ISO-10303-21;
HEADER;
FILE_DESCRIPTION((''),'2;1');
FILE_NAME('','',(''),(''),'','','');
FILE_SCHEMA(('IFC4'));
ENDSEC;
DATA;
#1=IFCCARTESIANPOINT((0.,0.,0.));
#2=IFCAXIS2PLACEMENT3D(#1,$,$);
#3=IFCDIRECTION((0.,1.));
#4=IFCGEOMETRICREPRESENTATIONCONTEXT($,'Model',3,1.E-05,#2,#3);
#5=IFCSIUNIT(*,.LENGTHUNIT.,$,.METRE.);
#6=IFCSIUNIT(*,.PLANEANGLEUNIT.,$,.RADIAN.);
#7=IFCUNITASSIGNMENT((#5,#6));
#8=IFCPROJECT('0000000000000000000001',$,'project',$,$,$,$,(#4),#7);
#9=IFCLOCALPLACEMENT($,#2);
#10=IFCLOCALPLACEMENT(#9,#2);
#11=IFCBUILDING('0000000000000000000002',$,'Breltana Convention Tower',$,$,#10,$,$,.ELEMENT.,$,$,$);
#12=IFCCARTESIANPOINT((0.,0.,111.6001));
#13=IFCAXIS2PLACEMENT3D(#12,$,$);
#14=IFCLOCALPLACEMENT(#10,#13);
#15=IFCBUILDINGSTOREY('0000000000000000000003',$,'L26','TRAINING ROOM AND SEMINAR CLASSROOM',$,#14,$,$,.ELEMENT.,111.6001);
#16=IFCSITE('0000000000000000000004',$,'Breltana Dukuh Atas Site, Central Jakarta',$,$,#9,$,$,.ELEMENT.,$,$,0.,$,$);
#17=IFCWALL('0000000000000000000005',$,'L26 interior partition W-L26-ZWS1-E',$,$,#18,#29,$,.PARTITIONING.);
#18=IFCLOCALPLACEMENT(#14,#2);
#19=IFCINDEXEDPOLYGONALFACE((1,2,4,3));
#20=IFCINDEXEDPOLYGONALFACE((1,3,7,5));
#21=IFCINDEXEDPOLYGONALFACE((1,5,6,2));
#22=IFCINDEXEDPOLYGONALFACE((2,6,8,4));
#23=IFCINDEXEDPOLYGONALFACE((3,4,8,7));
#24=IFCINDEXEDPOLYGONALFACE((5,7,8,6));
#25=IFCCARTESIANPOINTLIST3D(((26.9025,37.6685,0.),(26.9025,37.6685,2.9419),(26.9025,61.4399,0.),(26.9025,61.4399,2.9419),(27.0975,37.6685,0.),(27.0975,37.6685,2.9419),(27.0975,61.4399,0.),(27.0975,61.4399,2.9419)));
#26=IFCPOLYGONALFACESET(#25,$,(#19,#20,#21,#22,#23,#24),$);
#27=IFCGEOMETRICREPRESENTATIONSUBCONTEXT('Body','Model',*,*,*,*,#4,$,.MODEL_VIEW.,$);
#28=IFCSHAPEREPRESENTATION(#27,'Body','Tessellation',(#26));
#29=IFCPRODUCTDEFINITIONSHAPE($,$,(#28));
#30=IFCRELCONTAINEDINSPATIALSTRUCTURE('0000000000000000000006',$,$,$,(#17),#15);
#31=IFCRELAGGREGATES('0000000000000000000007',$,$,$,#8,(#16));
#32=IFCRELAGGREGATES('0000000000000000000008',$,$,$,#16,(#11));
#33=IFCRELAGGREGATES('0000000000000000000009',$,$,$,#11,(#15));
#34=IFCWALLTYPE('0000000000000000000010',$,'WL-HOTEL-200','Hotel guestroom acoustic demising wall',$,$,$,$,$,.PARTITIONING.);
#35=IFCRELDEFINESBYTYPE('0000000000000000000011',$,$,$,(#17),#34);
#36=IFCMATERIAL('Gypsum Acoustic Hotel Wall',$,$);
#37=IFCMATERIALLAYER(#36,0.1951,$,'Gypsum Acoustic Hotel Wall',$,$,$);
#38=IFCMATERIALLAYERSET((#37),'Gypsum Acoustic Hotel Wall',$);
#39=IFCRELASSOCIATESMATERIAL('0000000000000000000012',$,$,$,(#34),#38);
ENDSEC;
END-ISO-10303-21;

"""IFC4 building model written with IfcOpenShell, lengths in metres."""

from ifc_helpers import new_model, si_unit, direction, frame, frame_2d, origin, place, context, subcontext, project, spatial, rectangle, extrude, source, transform, mapped, material, layer, layer_set, type_object, element, save


model = new_model("IFC4")

# Units and contexts
model_context = context("Model", 3, precision=1e-05, world=origin(), true_north=direction((0.0, 1.0)))
body_context = subcontext(model_context, "Body", "Model", "MODEL_VIEW")
ifc_project = project(units=[si_unit("LENGTHUNIT", "METRE"), si_unit("PLANEANGLEUNIT", "RADIAN")], contexts=[model_context])

# Site, building, storey
site_placement = place(None, origin())
site = spatial("IfcSite", under=ifc_project, at=site_placement, Name="Breltana Dukuh Atas Site, Central Jakarta", CompositionType="ELEMENT", RefElevation=0.0)
building_placement = place(site_placement, origin())
building = spatial("IfcBuilding", under=site, at=building_placement, Name="Breltana Convention Tower", CompositionType="ELEMENT")
storey_placement = place(building_placement, frame((0.0, 0.0, 111.6001)))
storey = spatial("IfcBuildingStorey", under=building, at=storey_placement, Name="L26", Description="TRAINING ROOM AND SEMINAR CLASSROOM", CompositionType="ELEMENT", Elevation=111.6001)

# Wall
ifc_material_1 = material(Name="Gypsum Acoustic Hotel Wall")
ifc_layer_1 = layer(ifc_material_1, 0.1951, Name="Gypsum Acoustic Hotel Wall")
ifc_layer_set_1 = layer_set([ifc_layer_1], Name="Gypsum Acoustic Hotel Wall")
wall_type_1 = type_object("IfcWallType", Name="WL-HOTEL-200", Description="Hotel guestroom acoustic demising wall", PredefinedType="PARTITIONING", material=ifc_layer_set_1)
shared_shape_1 = source(origin(), body_context, "Body", "SweptSolid", [
    extrude(rectangle(XDim=23.7715, YDim=0.1951, at=frame_2d((11.8857, 0.0))), origin(), (0.0, 0.0, 1.0), 2.9419),
])
wall_1_placement = place(storey_placement, frame((27.0, 37.6685, 0.0), z_axis=(0.0, 0.0, 1.0), x_axis=(0.0, 1.0, 0.0)))
element("IfcWall", 1, at=wall_1_placement, inside=storey, type_object=wall_type_1, Name="L26 interior partition W-L26-ZWS1-E", PredefinedType="PARTITIONING", context=body_context, shape_type="MappedRepresentation", body=[
    mapped(shared_shape_1, transform((0.0, 0.0, 0.0), scale=1.0)),
])

save(model, "model.ifc")
